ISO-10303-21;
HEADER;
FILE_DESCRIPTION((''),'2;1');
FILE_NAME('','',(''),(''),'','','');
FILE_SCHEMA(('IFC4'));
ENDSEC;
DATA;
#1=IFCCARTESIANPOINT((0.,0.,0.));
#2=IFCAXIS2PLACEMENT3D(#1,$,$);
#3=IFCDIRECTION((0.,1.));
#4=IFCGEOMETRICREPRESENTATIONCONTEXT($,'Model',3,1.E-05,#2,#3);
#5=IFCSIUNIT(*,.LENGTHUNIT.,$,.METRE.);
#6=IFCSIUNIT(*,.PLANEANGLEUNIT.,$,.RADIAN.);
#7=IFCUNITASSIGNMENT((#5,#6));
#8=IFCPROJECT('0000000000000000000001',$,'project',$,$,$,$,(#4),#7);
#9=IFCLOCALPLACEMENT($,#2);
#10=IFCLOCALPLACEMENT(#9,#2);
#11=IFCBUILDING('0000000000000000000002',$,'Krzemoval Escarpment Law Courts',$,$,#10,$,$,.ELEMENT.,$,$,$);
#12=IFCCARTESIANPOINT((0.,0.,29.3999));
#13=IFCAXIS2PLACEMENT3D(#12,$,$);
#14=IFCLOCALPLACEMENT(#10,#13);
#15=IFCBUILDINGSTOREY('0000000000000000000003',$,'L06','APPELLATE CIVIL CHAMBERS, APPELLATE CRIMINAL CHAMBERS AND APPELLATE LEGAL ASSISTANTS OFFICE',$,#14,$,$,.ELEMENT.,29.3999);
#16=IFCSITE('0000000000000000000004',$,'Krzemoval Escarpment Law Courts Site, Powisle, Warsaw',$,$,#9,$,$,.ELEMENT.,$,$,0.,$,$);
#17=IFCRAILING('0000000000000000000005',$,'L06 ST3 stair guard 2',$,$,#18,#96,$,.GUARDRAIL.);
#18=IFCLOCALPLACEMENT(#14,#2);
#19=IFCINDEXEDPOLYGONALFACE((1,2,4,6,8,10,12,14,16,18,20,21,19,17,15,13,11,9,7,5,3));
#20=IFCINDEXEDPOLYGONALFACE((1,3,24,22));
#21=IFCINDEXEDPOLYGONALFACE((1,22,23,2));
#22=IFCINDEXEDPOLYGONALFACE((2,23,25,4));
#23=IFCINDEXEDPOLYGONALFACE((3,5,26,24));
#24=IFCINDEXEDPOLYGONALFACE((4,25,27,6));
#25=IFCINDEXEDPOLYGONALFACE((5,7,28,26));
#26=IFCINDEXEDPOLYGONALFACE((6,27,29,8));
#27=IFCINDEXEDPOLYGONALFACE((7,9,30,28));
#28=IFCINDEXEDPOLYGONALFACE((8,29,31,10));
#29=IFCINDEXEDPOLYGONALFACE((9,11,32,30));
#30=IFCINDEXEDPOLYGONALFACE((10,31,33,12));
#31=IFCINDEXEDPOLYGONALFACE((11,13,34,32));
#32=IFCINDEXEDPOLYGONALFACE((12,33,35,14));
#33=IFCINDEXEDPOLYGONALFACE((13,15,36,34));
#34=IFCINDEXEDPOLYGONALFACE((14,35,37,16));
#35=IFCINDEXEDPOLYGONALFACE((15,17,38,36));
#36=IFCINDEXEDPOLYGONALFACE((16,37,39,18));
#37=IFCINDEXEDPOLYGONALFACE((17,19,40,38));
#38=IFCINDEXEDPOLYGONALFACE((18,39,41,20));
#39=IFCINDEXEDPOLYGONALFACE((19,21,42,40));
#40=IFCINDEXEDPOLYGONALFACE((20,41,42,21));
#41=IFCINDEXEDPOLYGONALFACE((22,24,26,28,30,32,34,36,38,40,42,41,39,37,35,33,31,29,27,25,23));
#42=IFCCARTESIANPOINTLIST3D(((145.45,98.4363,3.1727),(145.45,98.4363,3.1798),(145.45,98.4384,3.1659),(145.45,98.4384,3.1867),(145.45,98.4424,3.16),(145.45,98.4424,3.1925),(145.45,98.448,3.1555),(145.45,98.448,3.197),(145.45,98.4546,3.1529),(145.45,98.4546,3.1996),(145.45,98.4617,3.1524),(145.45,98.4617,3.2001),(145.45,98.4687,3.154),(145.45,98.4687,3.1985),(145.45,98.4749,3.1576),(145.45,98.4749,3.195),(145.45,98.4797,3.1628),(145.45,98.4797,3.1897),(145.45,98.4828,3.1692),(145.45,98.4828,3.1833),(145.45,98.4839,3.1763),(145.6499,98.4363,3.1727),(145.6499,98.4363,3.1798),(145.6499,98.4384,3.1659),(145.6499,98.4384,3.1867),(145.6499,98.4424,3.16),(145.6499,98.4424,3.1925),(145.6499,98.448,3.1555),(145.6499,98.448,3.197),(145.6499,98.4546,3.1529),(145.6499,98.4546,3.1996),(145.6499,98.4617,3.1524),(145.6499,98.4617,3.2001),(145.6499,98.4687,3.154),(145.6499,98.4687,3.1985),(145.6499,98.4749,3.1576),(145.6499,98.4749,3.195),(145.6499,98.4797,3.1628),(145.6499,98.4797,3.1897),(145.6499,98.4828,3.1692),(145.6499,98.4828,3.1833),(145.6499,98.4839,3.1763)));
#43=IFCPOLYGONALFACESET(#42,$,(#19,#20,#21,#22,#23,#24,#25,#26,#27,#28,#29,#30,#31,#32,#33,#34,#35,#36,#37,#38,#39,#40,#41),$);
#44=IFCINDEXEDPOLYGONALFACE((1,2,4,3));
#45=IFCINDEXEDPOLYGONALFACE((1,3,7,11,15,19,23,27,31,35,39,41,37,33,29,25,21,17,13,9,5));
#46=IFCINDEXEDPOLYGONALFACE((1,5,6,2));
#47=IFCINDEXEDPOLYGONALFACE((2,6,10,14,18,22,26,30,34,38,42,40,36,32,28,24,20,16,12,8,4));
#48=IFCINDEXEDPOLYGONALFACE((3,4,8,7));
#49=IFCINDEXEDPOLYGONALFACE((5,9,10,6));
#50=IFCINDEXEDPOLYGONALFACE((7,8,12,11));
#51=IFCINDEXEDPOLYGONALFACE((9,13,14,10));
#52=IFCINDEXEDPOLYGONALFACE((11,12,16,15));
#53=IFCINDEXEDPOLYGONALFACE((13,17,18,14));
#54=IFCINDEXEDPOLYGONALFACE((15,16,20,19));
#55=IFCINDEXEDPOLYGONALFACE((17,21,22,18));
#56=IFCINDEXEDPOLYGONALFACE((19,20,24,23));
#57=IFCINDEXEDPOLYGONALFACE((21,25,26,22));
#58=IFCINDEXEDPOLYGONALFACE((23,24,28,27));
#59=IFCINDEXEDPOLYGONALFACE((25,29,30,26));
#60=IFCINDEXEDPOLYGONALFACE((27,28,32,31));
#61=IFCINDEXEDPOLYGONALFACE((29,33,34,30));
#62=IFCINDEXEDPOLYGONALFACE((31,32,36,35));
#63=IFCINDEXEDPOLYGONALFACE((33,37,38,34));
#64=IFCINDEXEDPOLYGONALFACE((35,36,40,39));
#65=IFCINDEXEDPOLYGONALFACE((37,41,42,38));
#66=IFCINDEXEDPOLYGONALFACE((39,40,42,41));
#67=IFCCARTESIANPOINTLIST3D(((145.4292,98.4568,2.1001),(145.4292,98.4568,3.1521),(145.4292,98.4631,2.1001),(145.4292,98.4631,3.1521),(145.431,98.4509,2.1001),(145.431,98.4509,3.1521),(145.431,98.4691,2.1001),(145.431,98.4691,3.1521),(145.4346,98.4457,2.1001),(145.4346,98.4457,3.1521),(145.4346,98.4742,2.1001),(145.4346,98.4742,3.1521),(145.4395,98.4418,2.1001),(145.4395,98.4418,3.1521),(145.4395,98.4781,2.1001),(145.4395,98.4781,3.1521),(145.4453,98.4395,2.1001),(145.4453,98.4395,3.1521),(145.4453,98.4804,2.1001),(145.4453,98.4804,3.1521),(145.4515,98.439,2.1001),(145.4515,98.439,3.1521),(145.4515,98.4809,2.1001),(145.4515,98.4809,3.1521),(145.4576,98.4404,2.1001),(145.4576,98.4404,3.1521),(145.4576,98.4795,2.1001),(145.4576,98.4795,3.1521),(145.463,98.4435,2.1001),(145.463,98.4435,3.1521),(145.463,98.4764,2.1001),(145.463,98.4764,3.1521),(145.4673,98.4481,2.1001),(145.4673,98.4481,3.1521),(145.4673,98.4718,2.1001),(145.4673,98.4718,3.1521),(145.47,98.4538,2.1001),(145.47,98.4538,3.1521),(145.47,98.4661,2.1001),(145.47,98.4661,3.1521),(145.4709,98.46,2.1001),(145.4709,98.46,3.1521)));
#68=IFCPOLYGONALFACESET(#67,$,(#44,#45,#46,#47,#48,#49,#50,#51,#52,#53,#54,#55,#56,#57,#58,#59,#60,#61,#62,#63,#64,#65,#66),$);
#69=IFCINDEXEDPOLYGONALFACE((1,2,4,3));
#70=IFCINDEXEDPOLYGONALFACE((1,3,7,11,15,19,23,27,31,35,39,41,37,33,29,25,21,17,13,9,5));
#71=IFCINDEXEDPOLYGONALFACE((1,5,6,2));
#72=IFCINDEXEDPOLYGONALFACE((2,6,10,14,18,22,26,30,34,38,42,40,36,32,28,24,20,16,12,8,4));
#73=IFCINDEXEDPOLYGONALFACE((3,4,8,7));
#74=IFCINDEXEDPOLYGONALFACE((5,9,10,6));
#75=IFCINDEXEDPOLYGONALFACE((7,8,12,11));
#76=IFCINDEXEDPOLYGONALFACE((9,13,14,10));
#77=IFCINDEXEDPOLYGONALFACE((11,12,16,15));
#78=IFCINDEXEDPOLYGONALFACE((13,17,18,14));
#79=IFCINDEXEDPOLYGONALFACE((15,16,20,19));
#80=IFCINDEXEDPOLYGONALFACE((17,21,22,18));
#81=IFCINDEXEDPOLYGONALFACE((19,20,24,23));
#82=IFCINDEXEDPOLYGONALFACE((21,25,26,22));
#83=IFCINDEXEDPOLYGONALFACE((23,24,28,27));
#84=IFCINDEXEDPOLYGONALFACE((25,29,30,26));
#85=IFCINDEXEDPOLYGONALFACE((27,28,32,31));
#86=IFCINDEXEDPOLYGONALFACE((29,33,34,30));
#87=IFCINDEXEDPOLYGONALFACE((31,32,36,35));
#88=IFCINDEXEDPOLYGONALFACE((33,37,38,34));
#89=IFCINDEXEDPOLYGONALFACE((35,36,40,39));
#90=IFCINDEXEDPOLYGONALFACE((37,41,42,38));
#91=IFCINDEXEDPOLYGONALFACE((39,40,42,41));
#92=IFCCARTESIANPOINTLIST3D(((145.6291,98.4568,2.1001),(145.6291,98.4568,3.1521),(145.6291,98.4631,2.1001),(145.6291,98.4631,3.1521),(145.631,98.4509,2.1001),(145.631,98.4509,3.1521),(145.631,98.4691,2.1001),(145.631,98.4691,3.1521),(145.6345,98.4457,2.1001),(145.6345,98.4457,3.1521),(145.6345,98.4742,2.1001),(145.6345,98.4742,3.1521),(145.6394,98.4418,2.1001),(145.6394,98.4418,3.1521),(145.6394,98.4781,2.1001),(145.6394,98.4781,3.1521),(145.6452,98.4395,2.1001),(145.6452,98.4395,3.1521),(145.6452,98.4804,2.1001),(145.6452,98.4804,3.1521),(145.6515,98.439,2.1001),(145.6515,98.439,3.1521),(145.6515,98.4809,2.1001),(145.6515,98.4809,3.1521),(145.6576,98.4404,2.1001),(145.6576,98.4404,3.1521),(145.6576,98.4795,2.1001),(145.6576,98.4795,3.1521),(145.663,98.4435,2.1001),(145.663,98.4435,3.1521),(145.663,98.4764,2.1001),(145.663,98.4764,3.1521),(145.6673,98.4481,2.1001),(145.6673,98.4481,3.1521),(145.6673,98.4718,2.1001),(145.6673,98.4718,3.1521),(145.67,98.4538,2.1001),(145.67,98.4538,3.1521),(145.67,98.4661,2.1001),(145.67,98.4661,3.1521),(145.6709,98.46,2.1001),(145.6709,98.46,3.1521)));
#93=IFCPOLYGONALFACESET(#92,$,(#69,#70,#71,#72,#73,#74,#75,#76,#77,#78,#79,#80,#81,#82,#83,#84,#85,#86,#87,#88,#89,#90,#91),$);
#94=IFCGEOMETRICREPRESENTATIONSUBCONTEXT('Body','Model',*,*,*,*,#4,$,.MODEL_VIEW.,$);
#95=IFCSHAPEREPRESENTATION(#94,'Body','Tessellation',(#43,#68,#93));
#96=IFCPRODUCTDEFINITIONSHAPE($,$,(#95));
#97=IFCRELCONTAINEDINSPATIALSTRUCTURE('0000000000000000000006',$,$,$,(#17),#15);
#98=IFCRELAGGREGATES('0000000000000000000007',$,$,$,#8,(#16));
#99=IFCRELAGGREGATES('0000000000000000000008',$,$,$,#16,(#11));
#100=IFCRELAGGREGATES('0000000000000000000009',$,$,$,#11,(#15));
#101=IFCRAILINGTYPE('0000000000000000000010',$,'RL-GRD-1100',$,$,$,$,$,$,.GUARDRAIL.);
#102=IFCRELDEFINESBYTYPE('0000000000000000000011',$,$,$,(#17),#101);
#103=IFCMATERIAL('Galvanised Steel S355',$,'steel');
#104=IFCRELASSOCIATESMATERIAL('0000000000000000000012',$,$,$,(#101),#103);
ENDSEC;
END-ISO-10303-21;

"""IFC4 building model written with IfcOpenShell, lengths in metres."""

from ifc_helpers import new_model, si_unit, direction, frame, origin, origin_2d, place, context, subcontext, project, spatial, circle, extrude, material, type_object, element, save


model = new_model("IFC4")

# Units and contexts
model_context = context("Model", 3, precision=1e-05, world=origin(), true_north=direction((0.0, 1.0)))
body_context = subcontext(model_context, "Body", "Model", "MODEL_VIEW")
ifc_project = project(units=[si_unit("LENGTHUNIT", "METRE"), si_unit("PLANEANGLEUNIT", "RADIAN")], contexts=[model_context])

# Site, building, storey
site_placement = place(None, origin())
site = spatial("IfcSite", under=ifc_project, at=site_placement, Name="Krzemoval Escarpment Law Courts Site, Powisle, Warsaw", CompositionType="ELEMENT", RefElevation=0.0)
building_placement = place(site_placement, origin())
building = spatial("IfcBuilding", under=site, at=building_placement, Name="Krzemoval Escarpment Law Courts", CompositionType="ELEMENT")
storey_placement = place(building_placement, frame((0.0, 0.0, 29.3999)))
storey = spatial("IfcBuildingStorey", under=building, at=storey_placement, Name="L06", Description="APPELLATE CIVIL CHAMBERS, APPELLATE CRIMINAL CHAMBERS AND APPELLATE LEGAL ASSISTANTS OFFICE", CompositionType="ELEMENT", Elevation=29.3999)

# Railing
ifc_material_1 = material(Name="Galvanised Steel S355", Category="steel")
railing_type = type_object("IfcRailingType", Name="RL-GRD-1100", PredefinedType="GUARDRAIL", material=ifc_material_1)
railing_1_placement = place(storey_placement, frame((145.45, 98.46, 2.1001)))
element("IfcRailing", 1, at=railing_1_placement, inside=storey, type_object=railing_type, Name="L06 ST3 stair guard 2", PredefinedType="GUARDRAIL", context=body_context, shape_type="SweptSolid", body=[
    extrude(circle(Radius=0.0239, at=origin_2d()), frame((0.0, 0.0, 1.0762), z_axis=(1.0, 0.0, 0.0), x_axis=(0.0, 1.0, 0.0)), (0.0, 0.0, 1.0), 0.2),
    extrude(circle(Radius=0.021, at=origin_2d()), origin(), (0.0, 0.0, 1.0), 1.052),
    extrude(circle(Radius=0.021, at=origin_2d()), frame((0.2, 0.0, 0.0)), (0.0, 0.0, 1.0), 1.052),
])

save(model, "model.ifc")
